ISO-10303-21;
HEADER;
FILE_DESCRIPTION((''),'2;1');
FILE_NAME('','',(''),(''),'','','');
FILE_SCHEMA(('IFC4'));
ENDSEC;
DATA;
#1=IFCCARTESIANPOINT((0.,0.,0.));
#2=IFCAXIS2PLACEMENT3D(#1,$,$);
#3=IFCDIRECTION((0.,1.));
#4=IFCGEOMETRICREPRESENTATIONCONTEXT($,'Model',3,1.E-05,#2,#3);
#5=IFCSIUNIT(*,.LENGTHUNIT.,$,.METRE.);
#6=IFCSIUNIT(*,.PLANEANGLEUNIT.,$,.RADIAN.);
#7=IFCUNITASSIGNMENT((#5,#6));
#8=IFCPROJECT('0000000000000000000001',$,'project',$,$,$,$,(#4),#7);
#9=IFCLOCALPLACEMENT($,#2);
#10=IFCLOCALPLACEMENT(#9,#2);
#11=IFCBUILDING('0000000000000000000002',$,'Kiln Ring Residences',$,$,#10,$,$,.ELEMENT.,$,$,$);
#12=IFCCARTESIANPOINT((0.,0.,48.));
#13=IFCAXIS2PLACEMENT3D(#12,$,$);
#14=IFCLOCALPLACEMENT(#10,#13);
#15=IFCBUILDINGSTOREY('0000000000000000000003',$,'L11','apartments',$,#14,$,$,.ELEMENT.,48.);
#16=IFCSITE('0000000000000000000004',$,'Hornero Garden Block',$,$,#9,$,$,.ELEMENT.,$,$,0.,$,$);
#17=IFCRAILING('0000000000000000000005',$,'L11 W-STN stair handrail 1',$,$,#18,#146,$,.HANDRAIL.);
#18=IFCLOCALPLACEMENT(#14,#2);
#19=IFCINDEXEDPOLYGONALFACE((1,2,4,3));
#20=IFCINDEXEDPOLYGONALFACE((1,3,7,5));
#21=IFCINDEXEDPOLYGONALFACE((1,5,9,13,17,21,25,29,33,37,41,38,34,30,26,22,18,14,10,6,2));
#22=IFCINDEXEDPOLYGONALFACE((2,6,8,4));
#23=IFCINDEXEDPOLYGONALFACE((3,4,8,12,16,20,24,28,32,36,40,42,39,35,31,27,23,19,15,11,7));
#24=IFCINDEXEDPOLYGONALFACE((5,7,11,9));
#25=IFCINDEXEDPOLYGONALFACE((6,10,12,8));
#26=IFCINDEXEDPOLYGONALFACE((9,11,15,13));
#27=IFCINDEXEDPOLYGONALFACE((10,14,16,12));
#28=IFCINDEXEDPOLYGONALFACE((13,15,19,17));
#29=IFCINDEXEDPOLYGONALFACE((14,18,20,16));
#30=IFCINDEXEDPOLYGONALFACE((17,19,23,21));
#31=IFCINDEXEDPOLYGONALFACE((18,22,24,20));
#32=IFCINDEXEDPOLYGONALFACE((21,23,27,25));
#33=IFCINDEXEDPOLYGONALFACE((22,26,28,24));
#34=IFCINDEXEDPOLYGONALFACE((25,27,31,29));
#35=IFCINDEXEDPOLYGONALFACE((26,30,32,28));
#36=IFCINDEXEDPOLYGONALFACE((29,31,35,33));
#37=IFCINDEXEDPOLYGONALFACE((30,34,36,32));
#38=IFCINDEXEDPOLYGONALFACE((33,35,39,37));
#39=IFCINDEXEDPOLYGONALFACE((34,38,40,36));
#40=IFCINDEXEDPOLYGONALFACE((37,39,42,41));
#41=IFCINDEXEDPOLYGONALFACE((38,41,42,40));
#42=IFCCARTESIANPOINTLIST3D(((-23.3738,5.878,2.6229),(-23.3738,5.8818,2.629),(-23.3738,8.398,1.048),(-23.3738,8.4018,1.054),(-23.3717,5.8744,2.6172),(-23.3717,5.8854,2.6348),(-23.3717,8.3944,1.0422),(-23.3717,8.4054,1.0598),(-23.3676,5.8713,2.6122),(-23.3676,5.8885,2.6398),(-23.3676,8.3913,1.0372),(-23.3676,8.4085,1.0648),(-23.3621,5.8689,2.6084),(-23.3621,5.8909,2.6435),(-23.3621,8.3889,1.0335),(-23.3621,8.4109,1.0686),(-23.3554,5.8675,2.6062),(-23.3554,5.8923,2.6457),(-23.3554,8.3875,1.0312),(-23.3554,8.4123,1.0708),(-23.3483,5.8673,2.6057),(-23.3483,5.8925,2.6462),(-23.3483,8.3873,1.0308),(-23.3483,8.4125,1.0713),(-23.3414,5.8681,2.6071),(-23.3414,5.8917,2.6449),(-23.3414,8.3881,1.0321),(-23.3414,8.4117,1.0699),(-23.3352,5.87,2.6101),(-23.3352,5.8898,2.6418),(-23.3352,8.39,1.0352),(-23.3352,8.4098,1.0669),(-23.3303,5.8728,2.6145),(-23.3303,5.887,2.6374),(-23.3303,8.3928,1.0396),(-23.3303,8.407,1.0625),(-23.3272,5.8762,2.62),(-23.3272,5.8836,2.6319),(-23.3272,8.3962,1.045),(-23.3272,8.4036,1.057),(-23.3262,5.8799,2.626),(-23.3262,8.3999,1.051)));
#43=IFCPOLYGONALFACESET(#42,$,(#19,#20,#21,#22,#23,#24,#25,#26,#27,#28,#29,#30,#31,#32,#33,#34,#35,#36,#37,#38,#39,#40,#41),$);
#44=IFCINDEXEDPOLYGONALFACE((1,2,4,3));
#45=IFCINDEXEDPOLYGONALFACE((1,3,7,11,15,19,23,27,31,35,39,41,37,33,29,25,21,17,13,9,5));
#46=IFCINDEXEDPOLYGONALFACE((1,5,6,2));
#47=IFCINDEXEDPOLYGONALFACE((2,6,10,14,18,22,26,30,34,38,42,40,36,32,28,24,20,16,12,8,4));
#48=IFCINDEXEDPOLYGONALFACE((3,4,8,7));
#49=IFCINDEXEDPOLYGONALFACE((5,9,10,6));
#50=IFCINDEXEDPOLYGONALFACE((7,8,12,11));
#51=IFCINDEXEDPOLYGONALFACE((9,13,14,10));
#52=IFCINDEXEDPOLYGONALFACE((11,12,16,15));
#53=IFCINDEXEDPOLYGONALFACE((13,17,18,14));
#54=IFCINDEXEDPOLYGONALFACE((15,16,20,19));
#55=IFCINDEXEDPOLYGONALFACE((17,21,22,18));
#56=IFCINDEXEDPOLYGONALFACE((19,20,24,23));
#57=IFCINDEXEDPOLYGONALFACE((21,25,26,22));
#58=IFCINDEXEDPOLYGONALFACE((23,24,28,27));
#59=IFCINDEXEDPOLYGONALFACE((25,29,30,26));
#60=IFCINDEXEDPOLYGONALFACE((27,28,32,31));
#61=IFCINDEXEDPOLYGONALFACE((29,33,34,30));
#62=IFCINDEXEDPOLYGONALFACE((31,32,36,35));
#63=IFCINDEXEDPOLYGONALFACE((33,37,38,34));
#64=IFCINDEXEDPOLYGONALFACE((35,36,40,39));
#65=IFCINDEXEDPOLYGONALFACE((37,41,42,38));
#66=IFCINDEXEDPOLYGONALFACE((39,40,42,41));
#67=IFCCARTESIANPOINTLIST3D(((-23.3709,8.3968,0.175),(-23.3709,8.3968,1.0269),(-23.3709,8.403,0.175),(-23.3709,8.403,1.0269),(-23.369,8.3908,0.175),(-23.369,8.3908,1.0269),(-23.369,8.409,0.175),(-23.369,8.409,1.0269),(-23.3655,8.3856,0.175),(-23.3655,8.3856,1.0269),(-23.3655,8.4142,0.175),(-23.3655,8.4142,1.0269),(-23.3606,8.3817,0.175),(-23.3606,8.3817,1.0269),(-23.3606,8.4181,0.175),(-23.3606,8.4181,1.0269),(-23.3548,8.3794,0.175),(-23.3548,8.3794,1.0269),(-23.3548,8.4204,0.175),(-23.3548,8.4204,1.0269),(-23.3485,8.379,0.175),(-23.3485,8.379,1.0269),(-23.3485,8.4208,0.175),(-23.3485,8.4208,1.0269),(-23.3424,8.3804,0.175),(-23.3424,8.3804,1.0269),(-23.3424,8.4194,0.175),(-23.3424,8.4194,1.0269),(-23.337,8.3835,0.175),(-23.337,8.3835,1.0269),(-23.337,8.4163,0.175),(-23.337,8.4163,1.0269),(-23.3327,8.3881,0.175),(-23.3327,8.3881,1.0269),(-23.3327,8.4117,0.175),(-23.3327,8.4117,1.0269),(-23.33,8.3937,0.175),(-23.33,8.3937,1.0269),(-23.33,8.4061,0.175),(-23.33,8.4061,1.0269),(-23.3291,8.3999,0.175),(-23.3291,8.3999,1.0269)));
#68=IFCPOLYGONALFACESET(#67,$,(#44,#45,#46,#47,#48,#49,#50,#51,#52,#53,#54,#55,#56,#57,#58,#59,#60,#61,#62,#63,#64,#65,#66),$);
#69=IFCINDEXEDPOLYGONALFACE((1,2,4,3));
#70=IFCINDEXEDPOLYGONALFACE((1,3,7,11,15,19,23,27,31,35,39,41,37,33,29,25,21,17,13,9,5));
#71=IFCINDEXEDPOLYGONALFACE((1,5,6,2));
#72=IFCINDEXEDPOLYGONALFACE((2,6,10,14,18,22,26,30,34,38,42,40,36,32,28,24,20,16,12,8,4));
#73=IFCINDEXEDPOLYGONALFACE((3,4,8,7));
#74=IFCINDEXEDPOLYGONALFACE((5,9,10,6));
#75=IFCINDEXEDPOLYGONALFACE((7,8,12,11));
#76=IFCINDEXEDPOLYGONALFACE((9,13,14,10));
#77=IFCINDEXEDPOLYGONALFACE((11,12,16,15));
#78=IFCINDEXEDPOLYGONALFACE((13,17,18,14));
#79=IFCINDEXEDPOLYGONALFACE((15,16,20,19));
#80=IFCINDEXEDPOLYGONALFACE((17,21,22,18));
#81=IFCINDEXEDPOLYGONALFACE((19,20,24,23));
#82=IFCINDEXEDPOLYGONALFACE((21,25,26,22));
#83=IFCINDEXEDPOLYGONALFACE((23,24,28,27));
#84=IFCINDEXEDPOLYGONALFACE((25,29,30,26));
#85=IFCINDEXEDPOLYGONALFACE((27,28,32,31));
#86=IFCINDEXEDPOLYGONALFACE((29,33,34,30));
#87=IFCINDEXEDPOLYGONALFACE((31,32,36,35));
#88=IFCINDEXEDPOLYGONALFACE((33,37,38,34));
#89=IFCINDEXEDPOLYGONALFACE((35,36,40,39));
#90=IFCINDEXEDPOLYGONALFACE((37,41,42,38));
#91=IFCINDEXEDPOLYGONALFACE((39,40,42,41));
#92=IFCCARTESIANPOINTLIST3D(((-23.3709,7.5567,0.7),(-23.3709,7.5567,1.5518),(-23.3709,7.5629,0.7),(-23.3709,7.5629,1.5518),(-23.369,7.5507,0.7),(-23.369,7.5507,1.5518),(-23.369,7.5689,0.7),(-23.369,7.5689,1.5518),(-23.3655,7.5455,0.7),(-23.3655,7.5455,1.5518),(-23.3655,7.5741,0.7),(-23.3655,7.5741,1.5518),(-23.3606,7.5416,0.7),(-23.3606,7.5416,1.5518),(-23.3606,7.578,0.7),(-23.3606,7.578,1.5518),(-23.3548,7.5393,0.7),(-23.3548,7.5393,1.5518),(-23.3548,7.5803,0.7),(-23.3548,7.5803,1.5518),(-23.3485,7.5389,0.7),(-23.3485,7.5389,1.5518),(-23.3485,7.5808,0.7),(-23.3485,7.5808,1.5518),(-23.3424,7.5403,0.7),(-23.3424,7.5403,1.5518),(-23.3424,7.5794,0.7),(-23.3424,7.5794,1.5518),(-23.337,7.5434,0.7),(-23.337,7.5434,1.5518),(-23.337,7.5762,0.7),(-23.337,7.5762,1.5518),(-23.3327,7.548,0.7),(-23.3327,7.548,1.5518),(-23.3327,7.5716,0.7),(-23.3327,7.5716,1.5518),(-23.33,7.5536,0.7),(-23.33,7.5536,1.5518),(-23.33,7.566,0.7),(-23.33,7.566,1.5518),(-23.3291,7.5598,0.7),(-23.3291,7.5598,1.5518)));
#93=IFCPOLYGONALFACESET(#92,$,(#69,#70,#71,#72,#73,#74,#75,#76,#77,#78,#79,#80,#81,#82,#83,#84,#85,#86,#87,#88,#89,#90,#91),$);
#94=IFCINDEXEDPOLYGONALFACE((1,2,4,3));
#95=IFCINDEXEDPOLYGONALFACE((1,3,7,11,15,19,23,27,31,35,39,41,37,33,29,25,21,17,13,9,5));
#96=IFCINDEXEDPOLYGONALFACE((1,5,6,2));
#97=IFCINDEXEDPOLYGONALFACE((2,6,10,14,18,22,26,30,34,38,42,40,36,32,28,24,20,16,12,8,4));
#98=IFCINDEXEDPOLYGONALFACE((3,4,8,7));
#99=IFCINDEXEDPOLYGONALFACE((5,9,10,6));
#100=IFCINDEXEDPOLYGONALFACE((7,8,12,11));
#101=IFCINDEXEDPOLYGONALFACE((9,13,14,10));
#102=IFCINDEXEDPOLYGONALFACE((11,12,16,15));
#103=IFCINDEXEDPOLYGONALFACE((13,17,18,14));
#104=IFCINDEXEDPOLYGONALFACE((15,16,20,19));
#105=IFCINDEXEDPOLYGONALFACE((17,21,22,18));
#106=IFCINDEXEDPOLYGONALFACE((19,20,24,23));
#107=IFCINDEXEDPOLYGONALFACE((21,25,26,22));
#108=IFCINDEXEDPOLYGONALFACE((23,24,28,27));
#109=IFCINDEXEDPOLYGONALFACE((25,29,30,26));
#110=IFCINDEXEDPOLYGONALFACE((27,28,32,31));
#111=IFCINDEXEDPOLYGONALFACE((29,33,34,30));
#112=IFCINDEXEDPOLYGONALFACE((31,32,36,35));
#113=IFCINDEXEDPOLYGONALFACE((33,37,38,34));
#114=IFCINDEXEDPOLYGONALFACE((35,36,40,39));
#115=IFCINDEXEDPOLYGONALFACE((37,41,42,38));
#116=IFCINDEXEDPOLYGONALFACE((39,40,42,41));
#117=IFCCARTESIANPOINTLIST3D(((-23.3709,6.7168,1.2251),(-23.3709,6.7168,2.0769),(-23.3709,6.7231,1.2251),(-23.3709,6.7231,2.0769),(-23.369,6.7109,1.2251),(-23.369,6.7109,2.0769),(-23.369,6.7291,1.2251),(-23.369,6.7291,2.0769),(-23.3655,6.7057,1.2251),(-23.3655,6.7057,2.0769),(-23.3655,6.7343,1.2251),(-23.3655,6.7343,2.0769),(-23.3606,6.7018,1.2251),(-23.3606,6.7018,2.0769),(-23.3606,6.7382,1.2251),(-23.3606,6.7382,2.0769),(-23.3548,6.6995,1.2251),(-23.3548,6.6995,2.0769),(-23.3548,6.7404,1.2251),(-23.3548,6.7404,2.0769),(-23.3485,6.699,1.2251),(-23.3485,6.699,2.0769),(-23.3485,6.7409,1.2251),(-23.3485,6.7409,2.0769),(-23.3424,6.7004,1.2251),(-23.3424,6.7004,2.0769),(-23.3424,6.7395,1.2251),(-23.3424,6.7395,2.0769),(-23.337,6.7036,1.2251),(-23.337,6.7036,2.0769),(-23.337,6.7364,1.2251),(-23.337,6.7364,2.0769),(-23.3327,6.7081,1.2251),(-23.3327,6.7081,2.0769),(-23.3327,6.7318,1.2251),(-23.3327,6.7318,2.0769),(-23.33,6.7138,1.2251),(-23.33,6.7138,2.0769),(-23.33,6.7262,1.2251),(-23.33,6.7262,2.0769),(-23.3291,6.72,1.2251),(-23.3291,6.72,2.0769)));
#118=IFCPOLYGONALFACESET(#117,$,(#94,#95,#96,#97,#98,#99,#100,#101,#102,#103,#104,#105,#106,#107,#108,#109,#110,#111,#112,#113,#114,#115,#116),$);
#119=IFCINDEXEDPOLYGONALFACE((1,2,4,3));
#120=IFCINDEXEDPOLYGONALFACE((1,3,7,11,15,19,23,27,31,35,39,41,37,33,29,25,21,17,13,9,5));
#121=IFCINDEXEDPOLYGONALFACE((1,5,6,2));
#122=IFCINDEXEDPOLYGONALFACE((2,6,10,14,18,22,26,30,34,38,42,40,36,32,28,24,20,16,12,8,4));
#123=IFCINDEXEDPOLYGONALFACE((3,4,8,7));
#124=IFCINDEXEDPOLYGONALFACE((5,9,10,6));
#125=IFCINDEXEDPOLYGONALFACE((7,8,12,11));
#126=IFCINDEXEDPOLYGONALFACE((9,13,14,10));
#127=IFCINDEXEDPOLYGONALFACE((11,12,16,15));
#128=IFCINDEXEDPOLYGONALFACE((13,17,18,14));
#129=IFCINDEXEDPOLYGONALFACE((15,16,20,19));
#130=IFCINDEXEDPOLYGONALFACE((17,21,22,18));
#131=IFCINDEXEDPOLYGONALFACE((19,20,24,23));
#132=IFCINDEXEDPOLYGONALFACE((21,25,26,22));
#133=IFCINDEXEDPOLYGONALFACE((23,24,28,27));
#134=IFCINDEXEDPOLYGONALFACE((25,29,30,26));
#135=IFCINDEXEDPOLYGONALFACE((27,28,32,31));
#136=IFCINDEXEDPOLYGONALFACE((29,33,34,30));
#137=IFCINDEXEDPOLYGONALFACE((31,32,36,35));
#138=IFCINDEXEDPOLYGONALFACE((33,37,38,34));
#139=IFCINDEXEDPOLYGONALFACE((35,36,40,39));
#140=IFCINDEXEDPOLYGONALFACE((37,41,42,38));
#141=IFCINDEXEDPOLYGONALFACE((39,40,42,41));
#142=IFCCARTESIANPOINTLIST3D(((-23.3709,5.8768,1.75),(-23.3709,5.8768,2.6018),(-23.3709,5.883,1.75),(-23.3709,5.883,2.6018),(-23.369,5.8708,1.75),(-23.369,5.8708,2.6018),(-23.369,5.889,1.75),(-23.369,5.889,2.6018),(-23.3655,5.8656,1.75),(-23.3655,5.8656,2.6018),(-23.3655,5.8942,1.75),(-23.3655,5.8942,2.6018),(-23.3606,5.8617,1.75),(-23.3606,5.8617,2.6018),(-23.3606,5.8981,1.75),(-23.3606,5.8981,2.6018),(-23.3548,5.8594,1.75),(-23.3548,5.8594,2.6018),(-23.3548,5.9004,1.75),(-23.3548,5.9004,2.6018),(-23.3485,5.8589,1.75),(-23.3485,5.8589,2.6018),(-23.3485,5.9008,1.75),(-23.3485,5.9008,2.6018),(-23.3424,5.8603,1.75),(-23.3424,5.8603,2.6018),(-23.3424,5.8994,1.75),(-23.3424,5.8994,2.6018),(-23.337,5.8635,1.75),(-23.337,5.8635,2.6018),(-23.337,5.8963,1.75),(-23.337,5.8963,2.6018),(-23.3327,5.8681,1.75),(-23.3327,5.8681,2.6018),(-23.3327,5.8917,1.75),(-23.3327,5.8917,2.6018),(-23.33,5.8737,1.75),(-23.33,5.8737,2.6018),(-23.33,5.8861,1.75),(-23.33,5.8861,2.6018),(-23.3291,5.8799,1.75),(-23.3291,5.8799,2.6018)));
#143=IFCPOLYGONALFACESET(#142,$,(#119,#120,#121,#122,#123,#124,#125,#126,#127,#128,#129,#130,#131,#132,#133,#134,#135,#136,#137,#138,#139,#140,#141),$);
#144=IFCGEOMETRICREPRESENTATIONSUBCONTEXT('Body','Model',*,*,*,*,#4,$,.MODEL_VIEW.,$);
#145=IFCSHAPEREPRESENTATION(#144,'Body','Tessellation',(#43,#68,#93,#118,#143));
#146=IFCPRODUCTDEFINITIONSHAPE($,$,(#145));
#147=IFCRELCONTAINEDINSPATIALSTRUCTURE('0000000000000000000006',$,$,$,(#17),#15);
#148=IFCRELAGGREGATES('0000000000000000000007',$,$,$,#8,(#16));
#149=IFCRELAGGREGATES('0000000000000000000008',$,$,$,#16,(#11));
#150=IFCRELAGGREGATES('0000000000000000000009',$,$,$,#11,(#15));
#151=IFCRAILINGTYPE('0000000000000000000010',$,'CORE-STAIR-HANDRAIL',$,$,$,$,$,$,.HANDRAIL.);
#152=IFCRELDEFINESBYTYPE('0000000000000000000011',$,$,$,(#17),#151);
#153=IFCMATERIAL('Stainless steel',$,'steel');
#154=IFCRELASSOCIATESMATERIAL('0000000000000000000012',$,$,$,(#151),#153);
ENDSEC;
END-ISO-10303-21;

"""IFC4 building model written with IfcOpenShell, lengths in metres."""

from ifc_helpers import new_model, si_unit, direction, frame, origin, origin_2d, place, context, subcontext, project, spatial, circle, extrude, material, type_object, element, save


model = new_model("IFC4")

# Units and contexts
model_context = context("Model", 3, precision=1e-05, world=origin(), true_north=direction((0.0, 1.0)))
body_context = subcontext(model_context, "Body", "Model", "MODEL_VIEW")
ifc_project = project(units=[si_unit("LENGTHUNIT", "METRE"), si_unit("PLANEANGLEUNIT", "RADIAN")], contexts=[model_context])

# Site, building, storey
site_placement = place(None, origin())
site = spatial("IfcSite", under=ifc_project, at=site_placement, Name="Hornero Garden Block", CompositionType="ELEMENT", RefElevation=0.0)
building_placement = place(site_placement, origin())
building = spatial("IfcBuilding", under=site, at=building_placement, Name="Kiln Ring Residences", CompositionType="ELEMENT")
storey_placement = place(building_placement, frame((0.0, 0.0, 48.0)))
storey = spatial("IfcBuildingStorey", under=building, at=storey_placement, Name="L11", Description="apartments", CompositionType="ELEMENT", Elevation=48.0)

# Railing
ifc_material_1 = material(Name="Stainless steel", Category="steel")
railing_type_1 = type_object("IfcRailingType", Name="CORE-STAIR-HANDRAIL", PredefinedType="HANDRAIL", material=ifc_material_1)
railing_1_placement = place(storey_placement, frame((-23.3501, 8.3999, 0.175)))
element("IfcRailing", 1, at=railing_1_placement, inside=storey, type_object=railing_type_1, Name="L11 W-STN stair handrail 1", PredefinedType="HANDRAIL", context=body_context, shape_type="SweptSolid", body=[
    extrude(circle(Radius=0.0239, at=origin_2d()), frame((0.0, 0.0, 0.876), z_axis=(0.0, -0.848008, 0.529984), x_axis=(1.0, 0.0, 0.0)), (0.0, 0.0, 1.0), 2.9717),
    extrude(circle(Radius=0.021, at=origin_2d()), origin(), (0.0, 0.0, 1.0), 0.8518),
    extrude(circle(Radius=0.021, at=origin_2d()), frame((0.0, -0.8401, 0.5249)), (0.0, 0.0, 1.0), 0.8518),
    extrude(circle(Radius=0.021, at=origin_2d()), frame((0.0, -1.6799, 1.05)), (0.0, 0.0, 1.0), 0.8518),
    extrude(circle(Radius=0.021, at=origin_2d()), frame((0.0, -2.52, 1.575)), (0.0, 0.0, 1.0), 0.8518),
])

save(model, "model.ifc")
